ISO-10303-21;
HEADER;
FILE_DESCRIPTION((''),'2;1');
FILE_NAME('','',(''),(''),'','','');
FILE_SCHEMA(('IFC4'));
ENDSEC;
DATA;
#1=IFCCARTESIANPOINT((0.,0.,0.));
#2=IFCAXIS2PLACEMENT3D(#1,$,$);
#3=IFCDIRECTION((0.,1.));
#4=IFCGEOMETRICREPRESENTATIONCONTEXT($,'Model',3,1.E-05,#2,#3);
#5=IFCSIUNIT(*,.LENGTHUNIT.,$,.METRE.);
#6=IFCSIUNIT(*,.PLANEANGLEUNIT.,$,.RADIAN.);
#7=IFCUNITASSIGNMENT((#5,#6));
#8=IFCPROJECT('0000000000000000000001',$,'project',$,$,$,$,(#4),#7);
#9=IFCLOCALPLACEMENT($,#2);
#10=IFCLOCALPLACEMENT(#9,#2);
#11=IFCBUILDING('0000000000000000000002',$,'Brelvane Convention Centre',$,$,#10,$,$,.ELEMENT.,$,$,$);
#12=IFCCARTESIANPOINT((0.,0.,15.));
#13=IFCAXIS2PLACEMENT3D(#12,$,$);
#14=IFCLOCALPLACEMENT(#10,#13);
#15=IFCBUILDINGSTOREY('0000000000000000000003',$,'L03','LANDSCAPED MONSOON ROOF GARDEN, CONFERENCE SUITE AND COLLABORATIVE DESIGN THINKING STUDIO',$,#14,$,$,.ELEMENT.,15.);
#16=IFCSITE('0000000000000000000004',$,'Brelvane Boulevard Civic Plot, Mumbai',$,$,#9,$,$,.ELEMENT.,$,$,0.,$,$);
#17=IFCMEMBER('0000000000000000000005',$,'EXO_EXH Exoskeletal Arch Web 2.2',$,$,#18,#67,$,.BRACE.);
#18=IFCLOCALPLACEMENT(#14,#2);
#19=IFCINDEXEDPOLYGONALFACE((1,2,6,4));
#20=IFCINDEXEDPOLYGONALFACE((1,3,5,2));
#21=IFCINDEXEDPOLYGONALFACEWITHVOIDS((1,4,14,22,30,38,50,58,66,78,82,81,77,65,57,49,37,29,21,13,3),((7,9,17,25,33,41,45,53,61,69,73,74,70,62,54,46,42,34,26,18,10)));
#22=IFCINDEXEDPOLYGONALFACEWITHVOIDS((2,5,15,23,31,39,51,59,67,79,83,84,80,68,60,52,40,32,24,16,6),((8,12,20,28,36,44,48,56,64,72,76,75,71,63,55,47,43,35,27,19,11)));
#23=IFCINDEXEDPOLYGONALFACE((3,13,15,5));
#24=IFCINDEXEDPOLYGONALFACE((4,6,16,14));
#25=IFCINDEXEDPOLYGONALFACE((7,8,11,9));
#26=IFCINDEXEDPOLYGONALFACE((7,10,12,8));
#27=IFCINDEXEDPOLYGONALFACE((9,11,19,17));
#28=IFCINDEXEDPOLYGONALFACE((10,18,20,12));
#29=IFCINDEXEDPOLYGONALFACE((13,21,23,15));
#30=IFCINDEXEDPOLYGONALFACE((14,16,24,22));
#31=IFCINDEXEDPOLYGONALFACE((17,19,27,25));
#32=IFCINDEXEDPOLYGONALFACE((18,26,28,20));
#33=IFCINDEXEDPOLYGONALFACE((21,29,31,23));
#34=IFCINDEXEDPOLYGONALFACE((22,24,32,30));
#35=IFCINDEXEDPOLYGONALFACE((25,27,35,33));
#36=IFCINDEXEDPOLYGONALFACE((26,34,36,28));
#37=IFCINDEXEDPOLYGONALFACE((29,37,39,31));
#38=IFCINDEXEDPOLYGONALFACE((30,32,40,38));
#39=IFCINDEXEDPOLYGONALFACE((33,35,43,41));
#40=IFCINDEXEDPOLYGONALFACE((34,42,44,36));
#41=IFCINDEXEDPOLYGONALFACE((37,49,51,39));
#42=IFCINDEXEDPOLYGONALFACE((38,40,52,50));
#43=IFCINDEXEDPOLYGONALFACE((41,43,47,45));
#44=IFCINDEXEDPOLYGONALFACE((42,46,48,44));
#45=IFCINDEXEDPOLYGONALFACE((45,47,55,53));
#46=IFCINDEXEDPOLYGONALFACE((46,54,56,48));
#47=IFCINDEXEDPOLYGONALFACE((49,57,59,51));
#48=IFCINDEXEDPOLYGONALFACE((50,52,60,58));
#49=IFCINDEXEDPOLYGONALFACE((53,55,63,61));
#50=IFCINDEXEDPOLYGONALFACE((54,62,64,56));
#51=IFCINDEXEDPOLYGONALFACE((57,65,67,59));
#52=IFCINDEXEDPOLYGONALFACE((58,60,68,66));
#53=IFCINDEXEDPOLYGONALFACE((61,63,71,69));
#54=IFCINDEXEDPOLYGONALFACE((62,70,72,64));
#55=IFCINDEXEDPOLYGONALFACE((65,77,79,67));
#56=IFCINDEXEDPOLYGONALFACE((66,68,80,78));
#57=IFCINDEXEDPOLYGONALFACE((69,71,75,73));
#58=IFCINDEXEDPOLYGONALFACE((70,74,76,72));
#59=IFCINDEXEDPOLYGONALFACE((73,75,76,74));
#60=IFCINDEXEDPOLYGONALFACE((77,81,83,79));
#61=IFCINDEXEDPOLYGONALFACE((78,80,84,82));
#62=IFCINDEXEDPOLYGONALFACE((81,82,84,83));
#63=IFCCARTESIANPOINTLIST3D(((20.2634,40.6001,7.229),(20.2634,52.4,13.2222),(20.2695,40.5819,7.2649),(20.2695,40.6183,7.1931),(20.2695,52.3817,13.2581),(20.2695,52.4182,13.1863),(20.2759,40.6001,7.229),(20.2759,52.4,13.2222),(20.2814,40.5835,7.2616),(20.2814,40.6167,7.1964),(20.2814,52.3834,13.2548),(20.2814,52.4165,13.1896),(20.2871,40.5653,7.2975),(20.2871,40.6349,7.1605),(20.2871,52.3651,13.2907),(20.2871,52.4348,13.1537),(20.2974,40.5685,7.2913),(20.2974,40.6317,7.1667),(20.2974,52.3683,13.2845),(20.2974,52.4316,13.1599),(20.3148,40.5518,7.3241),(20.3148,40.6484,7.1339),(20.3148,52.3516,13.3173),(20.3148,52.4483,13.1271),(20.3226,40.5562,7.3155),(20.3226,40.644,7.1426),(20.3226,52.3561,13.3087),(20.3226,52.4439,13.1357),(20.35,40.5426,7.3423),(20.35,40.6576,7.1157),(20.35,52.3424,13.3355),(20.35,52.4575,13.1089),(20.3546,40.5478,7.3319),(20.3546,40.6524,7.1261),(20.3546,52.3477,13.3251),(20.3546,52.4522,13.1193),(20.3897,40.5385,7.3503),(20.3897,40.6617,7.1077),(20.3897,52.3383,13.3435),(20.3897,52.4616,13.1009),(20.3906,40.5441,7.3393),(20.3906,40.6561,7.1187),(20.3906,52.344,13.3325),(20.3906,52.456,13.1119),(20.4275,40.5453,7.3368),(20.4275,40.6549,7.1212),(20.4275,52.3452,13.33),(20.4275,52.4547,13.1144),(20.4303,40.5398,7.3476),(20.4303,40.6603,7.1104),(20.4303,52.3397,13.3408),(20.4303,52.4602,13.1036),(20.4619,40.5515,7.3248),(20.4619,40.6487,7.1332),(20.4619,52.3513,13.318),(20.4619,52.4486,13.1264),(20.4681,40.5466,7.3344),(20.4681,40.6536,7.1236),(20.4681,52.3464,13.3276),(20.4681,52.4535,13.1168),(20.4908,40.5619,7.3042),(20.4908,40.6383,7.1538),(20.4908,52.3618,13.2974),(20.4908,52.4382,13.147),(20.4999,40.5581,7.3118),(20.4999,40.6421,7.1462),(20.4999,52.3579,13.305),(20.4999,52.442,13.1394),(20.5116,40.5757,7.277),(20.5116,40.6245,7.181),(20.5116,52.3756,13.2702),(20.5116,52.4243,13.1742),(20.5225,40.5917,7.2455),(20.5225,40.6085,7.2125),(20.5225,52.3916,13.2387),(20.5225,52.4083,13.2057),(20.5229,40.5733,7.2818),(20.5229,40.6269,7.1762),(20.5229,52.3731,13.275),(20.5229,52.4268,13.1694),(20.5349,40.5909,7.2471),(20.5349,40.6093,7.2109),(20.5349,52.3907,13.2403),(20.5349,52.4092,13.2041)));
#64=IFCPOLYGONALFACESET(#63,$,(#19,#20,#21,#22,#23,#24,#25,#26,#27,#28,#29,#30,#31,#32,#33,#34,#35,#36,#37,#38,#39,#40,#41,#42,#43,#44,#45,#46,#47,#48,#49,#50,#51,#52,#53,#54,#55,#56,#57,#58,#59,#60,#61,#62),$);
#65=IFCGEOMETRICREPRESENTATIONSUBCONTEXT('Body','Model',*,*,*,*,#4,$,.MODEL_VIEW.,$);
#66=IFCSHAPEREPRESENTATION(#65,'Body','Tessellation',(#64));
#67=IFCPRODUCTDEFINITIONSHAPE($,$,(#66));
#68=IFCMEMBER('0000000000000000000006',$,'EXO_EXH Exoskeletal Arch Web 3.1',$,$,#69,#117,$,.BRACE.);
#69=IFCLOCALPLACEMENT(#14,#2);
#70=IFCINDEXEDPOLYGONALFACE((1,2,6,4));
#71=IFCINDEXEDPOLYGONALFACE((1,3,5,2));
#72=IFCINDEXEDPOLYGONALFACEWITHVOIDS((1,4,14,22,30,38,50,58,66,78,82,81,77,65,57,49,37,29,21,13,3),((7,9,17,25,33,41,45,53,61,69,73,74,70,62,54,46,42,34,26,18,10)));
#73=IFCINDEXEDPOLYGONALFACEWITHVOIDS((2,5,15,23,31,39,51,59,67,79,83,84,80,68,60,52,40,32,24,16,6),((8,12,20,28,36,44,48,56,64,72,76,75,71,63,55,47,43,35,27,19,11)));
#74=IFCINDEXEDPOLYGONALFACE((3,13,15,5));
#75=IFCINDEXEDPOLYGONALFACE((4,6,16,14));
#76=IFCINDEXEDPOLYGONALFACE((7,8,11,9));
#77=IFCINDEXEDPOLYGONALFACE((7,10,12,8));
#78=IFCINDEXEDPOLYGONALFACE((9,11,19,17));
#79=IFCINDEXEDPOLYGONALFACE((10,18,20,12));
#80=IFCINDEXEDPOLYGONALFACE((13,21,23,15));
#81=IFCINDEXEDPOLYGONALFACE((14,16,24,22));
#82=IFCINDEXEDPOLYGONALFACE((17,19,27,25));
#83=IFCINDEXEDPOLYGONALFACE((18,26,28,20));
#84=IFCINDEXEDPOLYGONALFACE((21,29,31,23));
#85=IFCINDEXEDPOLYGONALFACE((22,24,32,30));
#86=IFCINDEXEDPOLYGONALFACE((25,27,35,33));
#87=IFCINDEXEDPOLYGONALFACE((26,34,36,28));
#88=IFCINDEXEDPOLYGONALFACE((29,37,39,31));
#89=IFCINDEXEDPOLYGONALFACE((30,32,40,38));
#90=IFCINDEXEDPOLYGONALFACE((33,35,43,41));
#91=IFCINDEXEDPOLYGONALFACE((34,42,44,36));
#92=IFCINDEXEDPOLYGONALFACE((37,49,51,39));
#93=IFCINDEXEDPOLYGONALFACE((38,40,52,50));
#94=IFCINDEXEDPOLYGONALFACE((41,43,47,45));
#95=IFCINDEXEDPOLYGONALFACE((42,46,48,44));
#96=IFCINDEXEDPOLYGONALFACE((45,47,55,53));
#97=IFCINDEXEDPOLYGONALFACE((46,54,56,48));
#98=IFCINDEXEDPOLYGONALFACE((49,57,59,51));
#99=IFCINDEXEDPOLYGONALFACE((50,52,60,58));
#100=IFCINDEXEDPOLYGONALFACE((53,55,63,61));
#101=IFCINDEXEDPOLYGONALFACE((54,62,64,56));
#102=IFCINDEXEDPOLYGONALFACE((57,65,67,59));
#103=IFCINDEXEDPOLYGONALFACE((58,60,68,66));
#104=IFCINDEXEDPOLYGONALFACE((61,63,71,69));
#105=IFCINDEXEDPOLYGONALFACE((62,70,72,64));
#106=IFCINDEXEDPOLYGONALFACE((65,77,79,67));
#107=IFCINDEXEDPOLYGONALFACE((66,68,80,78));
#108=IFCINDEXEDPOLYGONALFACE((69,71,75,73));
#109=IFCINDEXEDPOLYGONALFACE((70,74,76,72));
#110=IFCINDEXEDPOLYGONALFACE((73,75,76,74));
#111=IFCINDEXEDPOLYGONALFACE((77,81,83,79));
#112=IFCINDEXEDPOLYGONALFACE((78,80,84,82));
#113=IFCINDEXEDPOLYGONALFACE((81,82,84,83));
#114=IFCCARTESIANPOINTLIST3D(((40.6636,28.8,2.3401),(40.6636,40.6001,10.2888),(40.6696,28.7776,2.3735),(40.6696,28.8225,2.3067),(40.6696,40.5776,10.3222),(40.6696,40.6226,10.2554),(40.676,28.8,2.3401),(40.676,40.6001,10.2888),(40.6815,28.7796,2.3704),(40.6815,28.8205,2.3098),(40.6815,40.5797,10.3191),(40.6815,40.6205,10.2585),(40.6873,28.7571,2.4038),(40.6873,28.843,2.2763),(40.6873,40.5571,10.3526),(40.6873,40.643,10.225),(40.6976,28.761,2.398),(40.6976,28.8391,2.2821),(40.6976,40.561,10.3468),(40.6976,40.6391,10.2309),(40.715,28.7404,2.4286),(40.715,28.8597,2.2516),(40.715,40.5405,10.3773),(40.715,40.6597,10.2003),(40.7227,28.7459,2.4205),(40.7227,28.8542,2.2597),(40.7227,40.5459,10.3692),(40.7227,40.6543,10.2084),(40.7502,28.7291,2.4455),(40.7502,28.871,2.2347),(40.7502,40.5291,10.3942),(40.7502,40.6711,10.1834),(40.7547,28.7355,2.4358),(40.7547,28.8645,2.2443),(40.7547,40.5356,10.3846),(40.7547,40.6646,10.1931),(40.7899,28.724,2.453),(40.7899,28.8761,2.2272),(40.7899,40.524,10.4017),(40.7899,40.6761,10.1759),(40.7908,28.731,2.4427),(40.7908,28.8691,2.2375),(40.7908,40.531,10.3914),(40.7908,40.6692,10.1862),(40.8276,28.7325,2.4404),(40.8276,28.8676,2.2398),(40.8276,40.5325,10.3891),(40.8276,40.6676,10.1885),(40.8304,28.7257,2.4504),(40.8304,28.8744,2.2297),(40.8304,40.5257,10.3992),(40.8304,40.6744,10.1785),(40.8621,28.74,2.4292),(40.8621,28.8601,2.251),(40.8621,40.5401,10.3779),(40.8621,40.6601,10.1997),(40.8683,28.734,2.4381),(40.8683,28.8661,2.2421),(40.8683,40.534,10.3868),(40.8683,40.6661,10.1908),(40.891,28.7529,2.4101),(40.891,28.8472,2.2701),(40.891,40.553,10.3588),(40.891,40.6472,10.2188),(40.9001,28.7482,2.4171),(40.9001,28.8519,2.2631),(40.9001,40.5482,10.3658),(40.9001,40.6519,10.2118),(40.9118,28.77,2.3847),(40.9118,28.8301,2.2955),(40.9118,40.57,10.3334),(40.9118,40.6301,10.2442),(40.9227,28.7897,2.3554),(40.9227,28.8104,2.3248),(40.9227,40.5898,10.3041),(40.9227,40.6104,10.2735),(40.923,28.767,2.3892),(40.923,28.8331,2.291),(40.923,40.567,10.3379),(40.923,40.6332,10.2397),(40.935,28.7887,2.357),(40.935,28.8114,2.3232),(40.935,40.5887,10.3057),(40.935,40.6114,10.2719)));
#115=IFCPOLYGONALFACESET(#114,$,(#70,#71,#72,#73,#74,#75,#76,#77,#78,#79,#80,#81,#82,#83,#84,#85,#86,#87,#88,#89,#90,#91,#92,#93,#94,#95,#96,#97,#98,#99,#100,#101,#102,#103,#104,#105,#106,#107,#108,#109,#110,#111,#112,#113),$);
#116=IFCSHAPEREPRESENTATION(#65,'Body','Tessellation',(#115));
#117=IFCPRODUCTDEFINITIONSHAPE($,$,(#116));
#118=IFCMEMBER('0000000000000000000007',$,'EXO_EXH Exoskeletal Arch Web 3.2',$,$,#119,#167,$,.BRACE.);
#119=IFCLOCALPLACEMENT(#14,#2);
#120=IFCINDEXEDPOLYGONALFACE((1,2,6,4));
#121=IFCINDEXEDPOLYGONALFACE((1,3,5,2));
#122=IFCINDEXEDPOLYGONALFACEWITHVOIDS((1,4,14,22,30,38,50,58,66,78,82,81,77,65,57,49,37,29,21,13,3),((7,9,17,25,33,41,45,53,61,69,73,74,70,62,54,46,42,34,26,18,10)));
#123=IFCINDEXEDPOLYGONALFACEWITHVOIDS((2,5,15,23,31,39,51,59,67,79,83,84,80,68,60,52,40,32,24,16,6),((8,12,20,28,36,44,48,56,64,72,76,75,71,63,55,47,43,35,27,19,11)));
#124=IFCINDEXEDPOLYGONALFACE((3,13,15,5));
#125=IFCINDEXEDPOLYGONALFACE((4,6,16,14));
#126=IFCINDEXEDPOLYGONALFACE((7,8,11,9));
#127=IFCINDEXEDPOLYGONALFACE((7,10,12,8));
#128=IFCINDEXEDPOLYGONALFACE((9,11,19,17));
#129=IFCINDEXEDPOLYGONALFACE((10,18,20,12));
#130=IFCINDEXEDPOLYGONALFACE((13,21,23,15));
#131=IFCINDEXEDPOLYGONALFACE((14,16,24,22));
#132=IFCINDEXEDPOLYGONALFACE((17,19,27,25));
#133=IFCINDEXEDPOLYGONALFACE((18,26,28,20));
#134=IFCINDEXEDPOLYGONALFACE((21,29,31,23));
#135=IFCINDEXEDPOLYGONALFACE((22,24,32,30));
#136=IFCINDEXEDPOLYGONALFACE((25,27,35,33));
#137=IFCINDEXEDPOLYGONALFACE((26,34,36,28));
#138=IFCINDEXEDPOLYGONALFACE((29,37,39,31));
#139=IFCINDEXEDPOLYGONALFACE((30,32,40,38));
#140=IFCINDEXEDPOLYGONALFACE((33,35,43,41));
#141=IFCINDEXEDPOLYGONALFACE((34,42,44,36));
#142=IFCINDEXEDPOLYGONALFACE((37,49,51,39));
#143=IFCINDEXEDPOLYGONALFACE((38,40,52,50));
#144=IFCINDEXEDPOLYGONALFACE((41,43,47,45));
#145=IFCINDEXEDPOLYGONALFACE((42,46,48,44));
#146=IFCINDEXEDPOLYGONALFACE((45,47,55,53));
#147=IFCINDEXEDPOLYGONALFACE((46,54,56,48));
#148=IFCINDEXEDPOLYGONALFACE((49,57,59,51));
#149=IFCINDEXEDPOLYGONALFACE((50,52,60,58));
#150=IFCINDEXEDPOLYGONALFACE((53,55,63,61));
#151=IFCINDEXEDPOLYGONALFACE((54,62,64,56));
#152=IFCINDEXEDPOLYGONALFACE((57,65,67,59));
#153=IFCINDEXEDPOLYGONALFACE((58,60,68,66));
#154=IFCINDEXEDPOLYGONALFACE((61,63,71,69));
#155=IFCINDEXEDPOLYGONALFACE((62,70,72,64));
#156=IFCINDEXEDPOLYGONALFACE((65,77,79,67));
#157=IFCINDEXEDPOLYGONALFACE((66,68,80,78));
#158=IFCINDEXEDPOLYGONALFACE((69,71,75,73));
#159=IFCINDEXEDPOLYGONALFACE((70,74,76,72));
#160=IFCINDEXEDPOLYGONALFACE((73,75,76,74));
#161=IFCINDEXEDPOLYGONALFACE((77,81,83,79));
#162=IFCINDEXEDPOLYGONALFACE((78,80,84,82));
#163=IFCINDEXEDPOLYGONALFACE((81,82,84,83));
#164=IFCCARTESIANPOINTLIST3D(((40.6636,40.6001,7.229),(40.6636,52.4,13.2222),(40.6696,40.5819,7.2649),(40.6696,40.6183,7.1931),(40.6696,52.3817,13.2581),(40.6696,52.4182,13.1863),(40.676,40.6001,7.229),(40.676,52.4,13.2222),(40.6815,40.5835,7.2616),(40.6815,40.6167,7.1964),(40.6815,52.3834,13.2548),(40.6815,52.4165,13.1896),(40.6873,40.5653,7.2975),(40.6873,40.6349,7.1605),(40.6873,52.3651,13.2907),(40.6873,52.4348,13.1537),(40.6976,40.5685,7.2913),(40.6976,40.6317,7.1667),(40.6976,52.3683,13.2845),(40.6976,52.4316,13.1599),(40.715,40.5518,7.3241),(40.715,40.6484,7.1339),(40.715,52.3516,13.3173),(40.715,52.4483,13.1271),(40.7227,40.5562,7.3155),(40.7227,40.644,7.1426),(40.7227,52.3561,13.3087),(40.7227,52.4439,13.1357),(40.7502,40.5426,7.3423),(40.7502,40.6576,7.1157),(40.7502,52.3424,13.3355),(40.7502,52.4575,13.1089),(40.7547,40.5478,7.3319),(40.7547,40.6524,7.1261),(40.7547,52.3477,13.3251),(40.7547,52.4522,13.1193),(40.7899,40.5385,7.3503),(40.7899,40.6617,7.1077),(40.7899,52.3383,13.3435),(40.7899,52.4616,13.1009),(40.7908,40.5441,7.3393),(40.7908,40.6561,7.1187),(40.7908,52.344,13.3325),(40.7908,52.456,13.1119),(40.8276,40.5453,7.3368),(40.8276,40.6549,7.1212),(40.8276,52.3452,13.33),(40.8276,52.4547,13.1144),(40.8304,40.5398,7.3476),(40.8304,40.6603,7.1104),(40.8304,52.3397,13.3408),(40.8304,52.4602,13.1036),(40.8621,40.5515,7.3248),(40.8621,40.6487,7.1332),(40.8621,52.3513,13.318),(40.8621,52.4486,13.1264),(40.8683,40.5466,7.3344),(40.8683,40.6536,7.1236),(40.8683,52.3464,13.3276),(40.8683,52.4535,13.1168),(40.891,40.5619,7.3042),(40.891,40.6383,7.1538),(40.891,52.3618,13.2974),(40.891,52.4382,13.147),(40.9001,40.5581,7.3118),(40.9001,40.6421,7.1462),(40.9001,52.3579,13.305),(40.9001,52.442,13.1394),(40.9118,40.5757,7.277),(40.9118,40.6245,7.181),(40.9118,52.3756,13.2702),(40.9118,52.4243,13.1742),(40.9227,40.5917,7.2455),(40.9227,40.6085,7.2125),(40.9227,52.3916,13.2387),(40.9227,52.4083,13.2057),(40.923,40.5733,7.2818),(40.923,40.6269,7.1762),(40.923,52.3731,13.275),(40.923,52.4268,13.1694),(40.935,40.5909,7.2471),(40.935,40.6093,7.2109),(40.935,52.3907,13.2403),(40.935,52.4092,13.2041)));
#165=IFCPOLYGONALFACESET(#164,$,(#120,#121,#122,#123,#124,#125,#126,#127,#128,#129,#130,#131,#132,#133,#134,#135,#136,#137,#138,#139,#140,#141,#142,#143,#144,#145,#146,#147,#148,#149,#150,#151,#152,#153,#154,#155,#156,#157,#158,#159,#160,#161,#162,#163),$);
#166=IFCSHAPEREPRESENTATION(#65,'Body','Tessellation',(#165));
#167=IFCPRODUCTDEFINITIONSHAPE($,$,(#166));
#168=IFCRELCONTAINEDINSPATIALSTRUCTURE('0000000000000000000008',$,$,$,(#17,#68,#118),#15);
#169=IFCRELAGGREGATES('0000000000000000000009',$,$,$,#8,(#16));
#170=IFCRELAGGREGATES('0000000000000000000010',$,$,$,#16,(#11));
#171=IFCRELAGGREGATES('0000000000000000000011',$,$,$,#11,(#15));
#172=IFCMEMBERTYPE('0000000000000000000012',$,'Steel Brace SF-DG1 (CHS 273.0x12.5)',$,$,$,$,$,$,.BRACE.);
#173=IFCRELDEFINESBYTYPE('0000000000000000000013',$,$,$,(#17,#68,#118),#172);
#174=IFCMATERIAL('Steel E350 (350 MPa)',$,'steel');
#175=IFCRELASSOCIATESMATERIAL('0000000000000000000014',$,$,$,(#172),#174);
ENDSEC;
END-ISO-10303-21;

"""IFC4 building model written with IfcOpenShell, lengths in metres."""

from ifc_helpers import new_model, si_unit, direction, frame, origin, origin_2d, place, context, subcontext, project, spatial, hollow_circle, extrude, material, material_profile, profile_set, type_object, element, save


model = new_model("IFC4")

# Units and contexts
model_context = context("Model", 3, precision=1e-05, world=origin(), true_north=direction((0.0, 1.0)))
body_context = subcontext(model_context, "Body", "Model", "MODEL_VIEW")
ifc_project = project(units=[si_unit("LENGTHUNIT", "METRE"), si_unit("PLANEANGLEUNIT", "RADIAN")], contexts=[model_context])

# Site, building, storey
site_placement = place(None, origin())
site = spatial("IfcSite", under=ifc_project, at=site_placement, Name="Brelvane Boulevard Civic Plot, Mumbai", CompositionType="ELEMENT", RefElevation=0.0)
building_placement = place(site_placement, origin())
building = spatial("IfcBuilding", under=site, at=building_placement, Name="Brelvane Convention Centre", CompositionType="ELEMENT")
storey_placement = place(building_placement, frame((0.0, 0.0, 15.0)))
storey = spatial("IfcBuildingStorey", under=building, at=storey_placement, Name="L03", Description="LANDSCAPED MONSOON ROOF GARDEN, CONFERENCE SUITE AND COLLABORATIVE DESIGN THINKING STUDIO", CompositionType="ELEMENT", Elevation=15.0)

# Members
ifc_material_1 = material(Name="Steel E350 (350 MPa)", Category="steel")
ifc_material_profile_1 = material_profile(ifc_material_1, hollow_circle(Radius=0.1365, WallThickness=0.0125, at=origin_2d()), Name="CHS 273.0x12.5")
ifc_profile_set_1 = profile_set([ifc_material_profile_1], Name="Steel E350 (350 MPa)")
member_type_1 = type_object("IfcMemberType", Name="Steel Brace SF-DG1 (CHS 273.0x12.5)", PredefinedType="BRACE", material=ifc_profile_set_1)
member_1_placement = place(storey_placement, frame((20.3999, 40.6001, 7.229), z_axis=(0.0, 0.891591, 0.452842), x_axis=(-1.0, 0.0, 0.0)))
element("IfcMember", 1, at=member_1_placement, inside=storey, type_object=member_type_1, Name="EXO_EXH Exoskeletal Arch Web 2.2", PredefinedType="BRACE", context=body_context, shape_type="SweptSolid", body=[
    extrude(hollow_circle(Radius=0.1365, WallThickness=0.0125, at=origin_2d()), origin(), (0.0, 0.0, 1.0), 13.2346),
])
member_2_placement = place(storey_placement, frame((40.8, 28.8, 2.3401), z_axis=(0.0, 0.82938, 0.558685), x_axis=(-1.0, 0.0, 0.0)))
element("IfcMember", 2, at=member_2_placement, inside=storey, type_object=member_type_1, Name="EXO_EXH Exoskeletal Arch Web 3.1", PredefinedType="BRACE", context=body_context, shape_type="SweptSolid", body=[
    extrude(hollow_circle(Radius=0.1365, WallThickness=0.0125, at=origin_2d()), origin(), (0.0, 0.0, 1.0), 14.2275),
])
member_3_placement = place(storey_placement, frame((40.8, 40.6001, 7.229), z_axis=(0.0, 0.891591, 0.452842), x_axis=(-1.0, 0.0, 0.0)))
element("IfcMember", 3, at=member_3_placement, inside=storey, type_object=member_type_1, Name="EXO_EXH Exoskeletal Arch Web 3.2", PredefinedType="BRACE", context=body_context, shape_type="SweptSolid", body=[
    extrude(hollow_circle(Radius=0.1365, WallThickness=0.0125, at=origin_2d()), origin(), (0.0, 0.0, 1.0), 13.2346),
])

save(model, "model.ifc")
